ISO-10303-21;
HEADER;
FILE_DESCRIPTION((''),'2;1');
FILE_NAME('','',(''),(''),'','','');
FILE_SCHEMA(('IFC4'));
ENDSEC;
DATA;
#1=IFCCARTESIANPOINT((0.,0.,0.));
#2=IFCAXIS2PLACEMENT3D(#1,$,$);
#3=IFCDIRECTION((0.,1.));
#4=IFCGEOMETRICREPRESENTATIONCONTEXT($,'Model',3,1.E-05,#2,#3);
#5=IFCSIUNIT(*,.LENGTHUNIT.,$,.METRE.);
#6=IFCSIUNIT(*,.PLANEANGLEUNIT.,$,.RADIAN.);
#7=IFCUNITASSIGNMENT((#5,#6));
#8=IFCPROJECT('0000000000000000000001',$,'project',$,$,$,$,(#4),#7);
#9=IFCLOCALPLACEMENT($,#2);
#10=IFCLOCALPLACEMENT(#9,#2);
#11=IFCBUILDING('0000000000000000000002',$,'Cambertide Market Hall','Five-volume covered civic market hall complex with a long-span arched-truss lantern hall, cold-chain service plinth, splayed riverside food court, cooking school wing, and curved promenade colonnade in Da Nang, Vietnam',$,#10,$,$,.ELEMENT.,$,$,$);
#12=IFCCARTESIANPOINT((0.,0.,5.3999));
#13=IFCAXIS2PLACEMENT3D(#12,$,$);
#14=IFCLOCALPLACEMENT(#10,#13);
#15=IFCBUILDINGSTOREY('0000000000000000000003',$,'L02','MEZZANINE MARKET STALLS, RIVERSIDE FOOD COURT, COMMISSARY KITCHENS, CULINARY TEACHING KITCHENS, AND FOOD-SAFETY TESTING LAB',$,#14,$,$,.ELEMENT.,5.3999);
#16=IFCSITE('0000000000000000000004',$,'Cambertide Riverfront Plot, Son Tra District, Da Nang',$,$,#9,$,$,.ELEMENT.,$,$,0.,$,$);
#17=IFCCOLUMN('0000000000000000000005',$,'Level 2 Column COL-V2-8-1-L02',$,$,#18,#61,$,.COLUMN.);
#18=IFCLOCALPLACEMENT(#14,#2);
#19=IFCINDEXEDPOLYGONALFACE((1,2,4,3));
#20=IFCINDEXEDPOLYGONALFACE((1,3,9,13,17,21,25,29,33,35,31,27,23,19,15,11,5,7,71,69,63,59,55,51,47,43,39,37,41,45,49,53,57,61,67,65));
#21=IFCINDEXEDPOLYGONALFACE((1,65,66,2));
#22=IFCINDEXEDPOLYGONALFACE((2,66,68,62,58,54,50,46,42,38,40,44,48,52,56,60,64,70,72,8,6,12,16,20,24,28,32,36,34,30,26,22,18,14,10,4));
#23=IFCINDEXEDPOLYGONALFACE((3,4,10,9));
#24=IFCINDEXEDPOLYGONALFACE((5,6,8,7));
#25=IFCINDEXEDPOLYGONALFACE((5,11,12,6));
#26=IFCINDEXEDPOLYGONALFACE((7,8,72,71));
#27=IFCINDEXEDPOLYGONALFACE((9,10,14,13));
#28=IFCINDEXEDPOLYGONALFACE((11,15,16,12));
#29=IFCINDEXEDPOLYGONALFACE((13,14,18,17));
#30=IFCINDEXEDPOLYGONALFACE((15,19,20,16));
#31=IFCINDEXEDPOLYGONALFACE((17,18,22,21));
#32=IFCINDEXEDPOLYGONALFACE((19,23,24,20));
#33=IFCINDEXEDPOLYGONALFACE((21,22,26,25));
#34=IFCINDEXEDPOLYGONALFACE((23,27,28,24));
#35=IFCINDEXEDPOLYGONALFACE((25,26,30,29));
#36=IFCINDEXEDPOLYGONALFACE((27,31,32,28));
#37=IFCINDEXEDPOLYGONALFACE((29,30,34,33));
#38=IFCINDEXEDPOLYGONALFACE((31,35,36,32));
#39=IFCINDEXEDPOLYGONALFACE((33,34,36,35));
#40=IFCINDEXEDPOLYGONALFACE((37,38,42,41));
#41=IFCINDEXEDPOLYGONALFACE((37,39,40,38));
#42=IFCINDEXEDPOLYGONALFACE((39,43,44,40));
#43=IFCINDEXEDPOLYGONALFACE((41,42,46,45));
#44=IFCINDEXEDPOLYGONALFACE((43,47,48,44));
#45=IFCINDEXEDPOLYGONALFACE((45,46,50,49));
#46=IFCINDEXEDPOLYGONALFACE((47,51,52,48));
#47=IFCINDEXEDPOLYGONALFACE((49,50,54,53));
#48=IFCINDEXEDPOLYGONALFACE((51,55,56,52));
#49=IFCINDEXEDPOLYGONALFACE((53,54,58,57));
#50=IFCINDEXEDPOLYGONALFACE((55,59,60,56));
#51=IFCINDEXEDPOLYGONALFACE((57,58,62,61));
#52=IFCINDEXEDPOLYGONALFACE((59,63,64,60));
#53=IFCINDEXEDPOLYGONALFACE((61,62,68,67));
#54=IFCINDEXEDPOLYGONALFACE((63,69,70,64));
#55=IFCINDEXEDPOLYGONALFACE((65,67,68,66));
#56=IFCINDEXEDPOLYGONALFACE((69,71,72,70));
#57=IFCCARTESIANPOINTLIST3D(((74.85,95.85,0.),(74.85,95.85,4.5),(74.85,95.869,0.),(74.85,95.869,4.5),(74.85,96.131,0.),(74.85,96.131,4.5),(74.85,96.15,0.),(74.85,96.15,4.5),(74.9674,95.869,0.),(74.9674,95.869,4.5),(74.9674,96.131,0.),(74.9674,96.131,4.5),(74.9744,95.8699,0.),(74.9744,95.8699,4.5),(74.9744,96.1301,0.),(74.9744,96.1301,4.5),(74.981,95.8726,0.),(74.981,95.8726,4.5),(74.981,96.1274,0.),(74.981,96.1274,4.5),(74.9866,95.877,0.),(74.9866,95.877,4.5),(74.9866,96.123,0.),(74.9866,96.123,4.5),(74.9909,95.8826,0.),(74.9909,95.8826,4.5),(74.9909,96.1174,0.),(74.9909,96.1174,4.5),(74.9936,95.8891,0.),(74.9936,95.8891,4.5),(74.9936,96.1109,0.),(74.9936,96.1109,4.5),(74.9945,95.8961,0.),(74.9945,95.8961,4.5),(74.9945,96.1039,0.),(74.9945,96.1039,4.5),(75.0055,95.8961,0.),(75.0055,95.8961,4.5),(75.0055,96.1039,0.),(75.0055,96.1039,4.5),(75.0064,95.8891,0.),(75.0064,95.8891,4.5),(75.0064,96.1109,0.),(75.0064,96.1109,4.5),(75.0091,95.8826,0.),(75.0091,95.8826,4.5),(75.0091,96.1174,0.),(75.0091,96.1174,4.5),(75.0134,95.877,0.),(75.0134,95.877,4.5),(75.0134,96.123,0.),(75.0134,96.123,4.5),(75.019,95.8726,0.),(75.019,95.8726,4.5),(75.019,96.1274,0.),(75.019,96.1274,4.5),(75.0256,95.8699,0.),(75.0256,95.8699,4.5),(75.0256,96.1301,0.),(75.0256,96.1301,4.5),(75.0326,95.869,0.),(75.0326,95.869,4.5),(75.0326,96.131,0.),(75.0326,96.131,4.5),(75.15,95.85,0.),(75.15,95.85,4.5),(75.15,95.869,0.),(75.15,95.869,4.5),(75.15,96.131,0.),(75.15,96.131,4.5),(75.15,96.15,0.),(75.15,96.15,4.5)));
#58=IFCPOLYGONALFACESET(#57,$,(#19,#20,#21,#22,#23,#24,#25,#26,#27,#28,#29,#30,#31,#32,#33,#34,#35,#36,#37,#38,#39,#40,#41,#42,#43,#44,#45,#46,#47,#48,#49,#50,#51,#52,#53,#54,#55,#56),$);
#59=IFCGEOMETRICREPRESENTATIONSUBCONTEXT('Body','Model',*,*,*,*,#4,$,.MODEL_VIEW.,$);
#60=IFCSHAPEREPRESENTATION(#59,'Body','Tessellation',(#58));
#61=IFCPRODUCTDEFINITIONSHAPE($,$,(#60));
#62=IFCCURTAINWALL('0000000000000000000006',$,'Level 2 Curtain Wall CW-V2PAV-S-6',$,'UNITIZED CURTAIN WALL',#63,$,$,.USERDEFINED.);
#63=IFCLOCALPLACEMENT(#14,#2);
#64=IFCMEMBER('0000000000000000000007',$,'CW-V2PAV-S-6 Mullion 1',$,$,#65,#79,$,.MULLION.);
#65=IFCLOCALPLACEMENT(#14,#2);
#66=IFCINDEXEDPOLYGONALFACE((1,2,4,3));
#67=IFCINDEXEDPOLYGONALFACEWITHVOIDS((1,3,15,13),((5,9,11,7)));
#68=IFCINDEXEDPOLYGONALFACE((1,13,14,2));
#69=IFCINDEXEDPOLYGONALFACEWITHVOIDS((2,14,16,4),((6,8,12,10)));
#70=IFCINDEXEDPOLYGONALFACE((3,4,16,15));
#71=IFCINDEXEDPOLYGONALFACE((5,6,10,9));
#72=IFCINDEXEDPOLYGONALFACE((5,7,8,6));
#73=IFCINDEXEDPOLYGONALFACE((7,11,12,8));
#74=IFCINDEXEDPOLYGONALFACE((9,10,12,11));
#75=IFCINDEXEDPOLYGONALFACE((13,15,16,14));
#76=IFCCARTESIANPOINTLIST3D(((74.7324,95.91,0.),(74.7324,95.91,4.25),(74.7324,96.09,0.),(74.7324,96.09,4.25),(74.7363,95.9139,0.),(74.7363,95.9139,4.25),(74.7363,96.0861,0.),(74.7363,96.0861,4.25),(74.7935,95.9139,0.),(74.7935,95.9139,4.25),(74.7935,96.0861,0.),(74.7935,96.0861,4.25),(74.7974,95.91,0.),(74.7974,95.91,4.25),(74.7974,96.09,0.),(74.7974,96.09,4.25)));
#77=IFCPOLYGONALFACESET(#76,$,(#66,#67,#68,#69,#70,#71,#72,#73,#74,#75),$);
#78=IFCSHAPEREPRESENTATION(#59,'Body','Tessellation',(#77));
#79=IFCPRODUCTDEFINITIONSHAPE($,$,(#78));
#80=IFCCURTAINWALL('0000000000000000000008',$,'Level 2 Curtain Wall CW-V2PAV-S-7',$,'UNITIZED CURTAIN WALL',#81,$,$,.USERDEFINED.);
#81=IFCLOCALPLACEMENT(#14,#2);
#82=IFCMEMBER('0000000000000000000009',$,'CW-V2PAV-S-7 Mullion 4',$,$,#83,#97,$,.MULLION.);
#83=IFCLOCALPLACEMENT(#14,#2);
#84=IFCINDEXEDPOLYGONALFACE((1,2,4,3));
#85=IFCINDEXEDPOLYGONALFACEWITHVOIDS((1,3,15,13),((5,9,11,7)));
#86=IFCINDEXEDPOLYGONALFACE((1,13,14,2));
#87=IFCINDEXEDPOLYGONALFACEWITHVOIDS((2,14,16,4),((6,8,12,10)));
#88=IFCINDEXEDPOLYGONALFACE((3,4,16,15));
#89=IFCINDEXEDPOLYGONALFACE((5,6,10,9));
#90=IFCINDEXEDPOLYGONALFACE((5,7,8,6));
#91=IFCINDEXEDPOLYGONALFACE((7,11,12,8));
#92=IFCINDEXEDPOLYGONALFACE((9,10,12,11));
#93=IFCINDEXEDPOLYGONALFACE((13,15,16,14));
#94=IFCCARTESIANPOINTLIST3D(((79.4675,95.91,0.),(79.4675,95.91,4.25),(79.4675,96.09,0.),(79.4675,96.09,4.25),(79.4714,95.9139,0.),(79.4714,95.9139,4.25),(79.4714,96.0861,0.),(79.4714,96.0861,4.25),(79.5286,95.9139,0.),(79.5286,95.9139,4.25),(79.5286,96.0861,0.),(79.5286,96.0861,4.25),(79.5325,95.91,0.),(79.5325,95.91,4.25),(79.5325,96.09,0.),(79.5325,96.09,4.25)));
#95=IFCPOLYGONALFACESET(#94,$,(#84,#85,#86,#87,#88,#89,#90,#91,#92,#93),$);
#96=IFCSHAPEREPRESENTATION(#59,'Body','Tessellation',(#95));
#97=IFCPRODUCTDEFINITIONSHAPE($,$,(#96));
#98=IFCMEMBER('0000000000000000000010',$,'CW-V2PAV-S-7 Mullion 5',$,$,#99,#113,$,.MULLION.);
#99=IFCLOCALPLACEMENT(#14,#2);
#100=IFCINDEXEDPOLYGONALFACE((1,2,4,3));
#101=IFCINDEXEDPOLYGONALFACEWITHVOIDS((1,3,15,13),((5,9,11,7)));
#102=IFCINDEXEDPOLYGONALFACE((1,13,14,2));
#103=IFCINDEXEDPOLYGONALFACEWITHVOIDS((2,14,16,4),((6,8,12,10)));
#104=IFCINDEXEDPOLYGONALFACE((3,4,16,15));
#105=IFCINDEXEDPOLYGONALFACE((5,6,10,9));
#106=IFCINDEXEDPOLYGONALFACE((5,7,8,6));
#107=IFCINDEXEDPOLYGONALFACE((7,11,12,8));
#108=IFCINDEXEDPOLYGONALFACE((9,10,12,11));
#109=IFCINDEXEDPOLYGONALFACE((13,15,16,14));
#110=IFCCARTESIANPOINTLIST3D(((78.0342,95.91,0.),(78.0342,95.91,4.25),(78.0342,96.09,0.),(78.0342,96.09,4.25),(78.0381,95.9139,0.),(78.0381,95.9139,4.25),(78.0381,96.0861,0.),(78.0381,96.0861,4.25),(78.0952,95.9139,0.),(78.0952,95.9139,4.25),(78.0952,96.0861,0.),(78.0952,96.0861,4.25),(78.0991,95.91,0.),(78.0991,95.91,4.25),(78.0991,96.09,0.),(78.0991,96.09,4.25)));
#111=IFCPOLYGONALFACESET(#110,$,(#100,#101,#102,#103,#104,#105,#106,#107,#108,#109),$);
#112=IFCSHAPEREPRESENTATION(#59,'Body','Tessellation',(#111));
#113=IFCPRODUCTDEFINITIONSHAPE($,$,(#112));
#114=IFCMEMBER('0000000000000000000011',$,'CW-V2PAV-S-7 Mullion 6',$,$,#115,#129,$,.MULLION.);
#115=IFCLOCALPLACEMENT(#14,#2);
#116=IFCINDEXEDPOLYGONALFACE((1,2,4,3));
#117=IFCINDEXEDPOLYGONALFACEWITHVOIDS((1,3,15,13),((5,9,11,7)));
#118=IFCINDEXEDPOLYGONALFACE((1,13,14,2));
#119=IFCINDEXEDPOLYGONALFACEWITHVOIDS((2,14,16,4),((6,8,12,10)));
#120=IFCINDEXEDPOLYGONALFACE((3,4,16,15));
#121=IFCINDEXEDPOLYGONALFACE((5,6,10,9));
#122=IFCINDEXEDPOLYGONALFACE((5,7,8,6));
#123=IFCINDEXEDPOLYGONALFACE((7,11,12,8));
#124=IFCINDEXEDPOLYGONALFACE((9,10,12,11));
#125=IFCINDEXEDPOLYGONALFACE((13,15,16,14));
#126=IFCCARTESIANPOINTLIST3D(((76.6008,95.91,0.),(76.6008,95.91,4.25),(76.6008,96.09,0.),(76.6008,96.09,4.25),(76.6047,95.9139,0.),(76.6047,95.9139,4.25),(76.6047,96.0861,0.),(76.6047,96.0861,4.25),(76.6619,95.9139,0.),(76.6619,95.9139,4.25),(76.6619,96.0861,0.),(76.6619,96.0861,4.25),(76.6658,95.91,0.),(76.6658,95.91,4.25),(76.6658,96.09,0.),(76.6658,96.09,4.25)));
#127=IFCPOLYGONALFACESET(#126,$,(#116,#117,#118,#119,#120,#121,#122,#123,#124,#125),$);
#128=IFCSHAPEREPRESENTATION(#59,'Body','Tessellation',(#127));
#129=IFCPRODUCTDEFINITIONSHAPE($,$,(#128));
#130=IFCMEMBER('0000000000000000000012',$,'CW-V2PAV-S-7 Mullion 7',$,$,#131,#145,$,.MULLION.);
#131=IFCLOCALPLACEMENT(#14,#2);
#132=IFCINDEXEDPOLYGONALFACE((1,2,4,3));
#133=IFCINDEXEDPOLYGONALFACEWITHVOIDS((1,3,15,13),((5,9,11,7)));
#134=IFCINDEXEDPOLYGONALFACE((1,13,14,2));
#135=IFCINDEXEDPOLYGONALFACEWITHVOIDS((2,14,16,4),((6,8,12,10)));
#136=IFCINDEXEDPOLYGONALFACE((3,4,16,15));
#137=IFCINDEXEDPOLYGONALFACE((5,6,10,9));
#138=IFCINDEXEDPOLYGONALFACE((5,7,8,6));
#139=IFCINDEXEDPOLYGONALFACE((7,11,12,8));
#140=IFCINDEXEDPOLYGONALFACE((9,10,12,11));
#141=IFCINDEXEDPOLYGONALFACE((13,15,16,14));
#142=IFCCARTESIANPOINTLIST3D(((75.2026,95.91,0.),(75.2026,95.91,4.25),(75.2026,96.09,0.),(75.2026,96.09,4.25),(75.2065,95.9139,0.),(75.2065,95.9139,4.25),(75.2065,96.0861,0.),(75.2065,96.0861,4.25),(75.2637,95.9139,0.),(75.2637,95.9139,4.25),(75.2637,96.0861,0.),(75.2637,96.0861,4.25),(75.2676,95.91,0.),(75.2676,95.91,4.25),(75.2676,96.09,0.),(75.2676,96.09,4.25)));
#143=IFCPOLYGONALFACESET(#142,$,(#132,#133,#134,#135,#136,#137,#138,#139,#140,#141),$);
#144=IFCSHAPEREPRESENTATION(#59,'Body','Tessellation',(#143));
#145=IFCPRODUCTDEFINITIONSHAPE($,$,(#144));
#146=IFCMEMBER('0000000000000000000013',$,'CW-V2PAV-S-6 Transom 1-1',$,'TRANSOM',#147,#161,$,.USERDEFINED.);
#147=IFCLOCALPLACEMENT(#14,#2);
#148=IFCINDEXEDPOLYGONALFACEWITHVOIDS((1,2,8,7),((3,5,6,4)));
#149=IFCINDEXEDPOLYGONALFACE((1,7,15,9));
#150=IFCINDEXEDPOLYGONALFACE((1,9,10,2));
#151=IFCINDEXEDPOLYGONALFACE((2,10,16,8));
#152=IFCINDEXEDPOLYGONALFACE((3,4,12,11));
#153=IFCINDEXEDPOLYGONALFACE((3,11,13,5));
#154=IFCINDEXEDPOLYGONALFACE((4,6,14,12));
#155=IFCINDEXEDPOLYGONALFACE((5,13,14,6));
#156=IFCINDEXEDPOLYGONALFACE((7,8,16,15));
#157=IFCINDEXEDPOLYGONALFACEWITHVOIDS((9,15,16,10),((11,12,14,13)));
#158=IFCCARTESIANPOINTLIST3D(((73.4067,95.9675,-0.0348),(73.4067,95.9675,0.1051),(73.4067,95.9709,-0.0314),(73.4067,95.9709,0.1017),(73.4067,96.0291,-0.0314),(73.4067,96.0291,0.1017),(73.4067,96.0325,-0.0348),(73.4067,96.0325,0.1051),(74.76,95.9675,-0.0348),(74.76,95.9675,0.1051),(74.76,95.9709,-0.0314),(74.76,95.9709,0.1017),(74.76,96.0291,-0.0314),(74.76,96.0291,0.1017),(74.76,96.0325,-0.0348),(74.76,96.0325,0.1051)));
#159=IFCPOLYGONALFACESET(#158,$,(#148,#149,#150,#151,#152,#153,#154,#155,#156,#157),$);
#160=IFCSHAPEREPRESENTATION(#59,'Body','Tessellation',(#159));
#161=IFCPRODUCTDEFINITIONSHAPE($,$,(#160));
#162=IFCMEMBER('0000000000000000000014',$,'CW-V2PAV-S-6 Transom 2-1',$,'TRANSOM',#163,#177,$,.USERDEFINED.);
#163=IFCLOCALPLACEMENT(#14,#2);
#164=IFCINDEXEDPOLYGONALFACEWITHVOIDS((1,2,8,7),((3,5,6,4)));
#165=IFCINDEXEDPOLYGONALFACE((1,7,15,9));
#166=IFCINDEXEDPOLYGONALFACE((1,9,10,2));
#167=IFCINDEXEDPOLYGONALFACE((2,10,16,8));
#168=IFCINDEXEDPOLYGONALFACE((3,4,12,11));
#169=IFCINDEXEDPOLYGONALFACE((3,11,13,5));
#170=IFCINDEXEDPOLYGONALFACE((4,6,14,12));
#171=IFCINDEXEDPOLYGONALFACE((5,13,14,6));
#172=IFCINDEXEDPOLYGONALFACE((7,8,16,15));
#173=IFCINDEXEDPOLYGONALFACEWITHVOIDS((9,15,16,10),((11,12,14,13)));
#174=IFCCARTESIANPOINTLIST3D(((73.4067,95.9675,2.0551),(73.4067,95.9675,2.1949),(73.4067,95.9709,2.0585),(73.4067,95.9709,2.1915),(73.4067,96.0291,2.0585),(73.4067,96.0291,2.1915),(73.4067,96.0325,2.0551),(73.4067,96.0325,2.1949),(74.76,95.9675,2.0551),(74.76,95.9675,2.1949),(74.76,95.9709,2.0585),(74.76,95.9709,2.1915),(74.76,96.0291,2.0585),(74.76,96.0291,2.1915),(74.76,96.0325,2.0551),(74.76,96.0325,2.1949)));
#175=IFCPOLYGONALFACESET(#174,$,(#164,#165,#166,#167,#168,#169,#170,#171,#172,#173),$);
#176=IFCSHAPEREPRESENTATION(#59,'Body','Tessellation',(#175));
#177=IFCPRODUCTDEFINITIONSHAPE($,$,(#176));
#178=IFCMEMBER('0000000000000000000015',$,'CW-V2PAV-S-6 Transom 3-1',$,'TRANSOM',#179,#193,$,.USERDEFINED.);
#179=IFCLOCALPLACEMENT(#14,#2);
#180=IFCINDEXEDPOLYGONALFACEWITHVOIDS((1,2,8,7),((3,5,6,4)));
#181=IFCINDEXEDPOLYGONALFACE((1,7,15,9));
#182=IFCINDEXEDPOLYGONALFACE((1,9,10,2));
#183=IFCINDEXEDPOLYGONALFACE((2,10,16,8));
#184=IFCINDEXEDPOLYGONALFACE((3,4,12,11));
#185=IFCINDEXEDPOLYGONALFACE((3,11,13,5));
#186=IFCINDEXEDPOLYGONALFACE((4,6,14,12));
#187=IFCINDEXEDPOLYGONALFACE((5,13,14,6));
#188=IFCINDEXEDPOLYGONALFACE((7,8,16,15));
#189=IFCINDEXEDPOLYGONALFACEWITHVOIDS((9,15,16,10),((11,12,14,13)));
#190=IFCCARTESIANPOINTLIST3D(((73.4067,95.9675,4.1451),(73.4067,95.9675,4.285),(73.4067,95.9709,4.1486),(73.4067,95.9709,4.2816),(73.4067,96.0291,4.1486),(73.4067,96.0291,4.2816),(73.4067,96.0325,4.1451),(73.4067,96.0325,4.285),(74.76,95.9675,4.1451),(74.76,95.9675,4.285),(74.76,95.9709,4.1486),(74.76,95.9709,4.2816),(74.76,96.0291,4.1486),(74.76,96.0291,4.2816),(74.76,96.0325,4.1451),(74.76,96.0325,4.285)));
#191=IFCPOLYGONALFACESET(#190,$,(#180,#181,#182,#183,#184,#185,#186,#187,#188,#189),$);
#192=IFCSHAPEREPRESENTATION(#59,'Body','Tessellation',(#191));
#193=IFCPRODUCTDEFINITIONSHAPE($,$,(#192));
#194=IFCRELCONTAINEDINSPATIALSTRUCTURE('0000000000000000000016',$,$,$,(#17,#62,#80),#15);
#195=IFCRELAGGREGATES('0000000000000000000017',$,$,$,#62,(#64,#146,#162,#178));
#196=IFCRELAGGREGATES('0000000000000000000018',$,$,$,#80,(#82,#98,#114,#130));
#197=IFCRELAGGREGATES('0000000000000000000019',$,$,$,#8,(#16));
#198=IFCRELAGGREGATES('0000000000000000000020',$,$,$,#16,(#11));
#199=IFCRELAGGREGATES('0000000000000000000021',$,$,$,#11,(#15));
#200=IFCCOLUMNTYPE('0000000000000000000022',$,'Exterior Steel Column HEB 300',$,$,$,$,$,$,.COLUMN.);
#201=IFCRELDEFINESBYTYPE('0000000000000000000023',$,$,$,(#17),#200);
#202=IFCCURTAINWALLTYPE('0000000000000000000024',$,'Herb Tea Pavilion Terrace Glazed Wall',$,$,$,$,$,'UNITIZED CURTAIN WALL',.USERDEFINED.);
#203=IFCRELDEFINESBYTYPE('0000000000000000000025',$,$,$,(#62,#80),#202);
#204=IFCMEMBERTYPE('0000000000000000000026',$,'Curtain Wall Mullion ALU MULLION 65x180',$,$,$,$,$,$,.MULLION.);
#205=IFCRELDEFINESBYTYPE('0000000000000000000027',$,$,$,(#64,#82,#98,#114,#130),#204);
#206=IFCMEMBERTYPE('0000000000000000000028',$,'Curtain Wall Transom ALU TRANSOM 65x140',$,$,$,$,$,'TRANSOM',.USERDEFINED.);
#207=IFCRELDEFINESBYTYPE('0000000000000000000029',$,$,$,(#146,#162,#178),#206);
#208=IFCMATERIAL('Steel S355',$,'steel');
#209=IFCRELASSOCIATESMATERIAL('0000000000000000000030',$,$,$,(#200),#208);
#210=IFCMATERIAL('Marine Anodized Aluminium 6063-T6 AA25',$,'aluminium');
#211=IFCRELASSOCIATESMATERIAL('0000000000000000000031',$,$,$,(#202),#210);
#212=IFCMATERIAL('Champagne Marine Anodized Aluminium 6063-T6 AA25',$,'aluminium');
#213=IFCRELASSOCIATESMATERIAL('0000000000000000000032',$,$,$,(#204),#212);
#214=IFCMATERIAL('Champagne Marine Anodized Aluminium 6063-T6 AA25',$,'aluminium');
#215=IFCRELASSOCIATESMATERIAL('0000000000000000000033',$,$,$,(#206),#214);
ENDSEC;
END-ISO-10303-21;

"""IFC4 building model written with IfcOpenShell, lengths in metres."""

from ifc_helpers import new_model, si_unit, direction, frame, origin, origin_2d, place, context, subcontext, project, spatial, hollow_rectangle, i_section, extrude, material, material_profile, profile_set, type_object, element, aggregate, save


model = new_model("IFC4")

# Units and contexts
model_context = context("Model", 3, precision=1e-05, world=origin(), true_north=direction((0.0, 1.0)))
body_context = subcontext(model_context, "Body", "Model", "MODEL_VIEW")
ifc_project = project(units=[si_unit("LENGTHUNIT", "METRE"), si_unit("PLANEANGLEUNIT", "RADIAN")], contexts=[model_context])

# Site, building, storey
site_placement = place(None, origin())
site = spatial("IfcSite", under=ifc_project, at=site_placement, Name="Cambertide Riverfront Plot, Son Tra District, Da Nang", CompositionType="ELEMENT", RefElevation=0.0)
building_placement = place(site_placement, origin())
building = spatial("IfcBuilding", under=site, at=building_placement, Name="Cambertide Market Hall", Description="Five-volume covered civic market hall complex with a long-span arched-truss lantern hall, cold-chain service plinth, splayed riverside food court, cooking school wing, and curved promenade colonnade in Da Nang, Vietnam", CompositionType="ELEMENT")
storey_placement = place(building_placement, frame((0.0, 0.0, 5.3999)))
storey = spatial("IfcBuildingStorey", under=building, at=storey_placement, Name="L02", Description="MEZZANINE MARKET STALLS, RIVERSIDE FOOD COURT, COMMISSARY KITCHENS, CULINARY TEACHING KITCHENS, AND FOOD-SAFETY TESTING LAB", CompositionType="ELEMENT", Elevation=5.3999)

# Column
ifc_material_1 = material(Name="Steel S355", Category="steel")
ifc_material_profile_1 = material_profile(ifc_material_1, i_section(OverallWidth=0.3, OverallDepth=0.3, WebThickness=0.011, FlangeThickness=0.019, FilletRadius=0.0271, at=origin_2d()), Name="HEB 300")
ifc_profile_set_1 = profile_set([ifc_material_profile_1], Name="Steel S355")
column_type = type_object("IfcColumnType", Name="Exterior Steel Column HEB 300", PredefinedType="COLUMN", material=ifc_profile_set_1)
column_placement = place(storey_placement, frame((75.0, 96.0, 0.0), z_axis=(0.0, 0.0, 1.0), x_axis=(1.0, 0.0, 0.0)))
element("IfcColumn", 1, at=column_placement, inside=storey, type_object=column_type, Name="Level 2 Column COL-V2-8-1-L02", PredefinedType="COLUMN", context=body_context, shape_type="SweptSolid", body=[
    extrude(i_section(OverallWidth=0.3, OverallDepth=0.3, WebThickness=0.011, FlangeThickness=0.019, FilletRadius=0.0271, at=origin_2d()), origin(), (0.0, 0.0, 1.0), 4.5),
])

# Curtain wall, member
ifc_material_2 = material(Name="Marine Anodized Aluminium 6063-T6 AA25", Category="aluminium")
curtain_wall_type = type_object("IfcCurtainWallType", Name="Herb Tea Pavilion Terrace Glazed Wall", ElementType="UNITIZED CURTAIN WALL", PredefinedType="USERDEFINED", material=ifc_material_2)
curtain_wall_1_placement = place(storey_placement, origin())
curtain_wall_1 = element("IfcCurtainWall", 2, at=curtain_wall_1_placement, inside=storey, type_object=curtain_wall_type, Name="Level 2 Curtain Wall CW-V2PAV-S-6", ObjectType="UNITIZED CURTAIN WALL", PredefinedType="USERDEFINED")
ifc_material_3 = material(Name="Champagne Marine Anodized Aluminium 6063-T6 AA25", Category="aluminium")
ifc_material_profile_2 = material_profile(ifc_material_3, hollow_rectangle(XDim=0.0649, YDim=0.1799, WallThickness=0.0039, at=origin_2d()), Name="ALU MULLION 65x180")
ifc_profile_set_2 = profile_set([ifc_material_profile_2], Name="Champagne Marine Anodized Aluminium 6063-T6 AA25")
member_type_1 = type_object("IfcMemberType", Name="Curtain Wall Mullion ALU MULLION 65x180", PredefinedType="MULLION", material=ifc_profile_set_2)
member_1_placement = place(storey_placement, frame((74.7649, 96.0, 0.0), z_axis=(0.0, 0.0, 1.0), x_axis=(-1.0, 0.0, 0.0)))
member_1 = element("IfcMember", 3, at=member_1_placement, type_object=member_type_1, Name="CW-V2PAV-S-6 Mullion 1", PredefinedType="MULLION", context=body_context, shape_type="SweptSolid", body=[
    extrude(hollow_rectangle(XDim=0.0649, YDim=0.1799, WallThickness=0.0039, at=origin_2d()), origin(), (0.0, 0.0, 1.0), 4.25),
])

# Curtain wall, members
curtain_wall_2_placement = place(storey_placement, origin())
curtain_wall_2 = element("IfcCurtainWall", 4, at=curtain_wall_2_placement, inside=storey, type_object=curtain_wall_type, Name="Level 2 Curtain Wall CW-V2PAV-S-7", ObjectType="UNITIZED CURTAIN WALL", PredefinedType="USERDEFINED")
member_2_placement = place(storey_placement, frame((79.5, 96.0, 0.0), z_axis=(0.0, 0.0, 1.0), x_axis=(-1.0, 0.0, 0.0)))
member_2 = element("IfcMember", 5, at=member_2_placement, type_object=member_type_1, Name="CW-V2PAV-S-7 Mullion 4", PredefinedType="MULLION", context=body_context, shape_type="SweptSolid", body=[
    extrude(hollow_rectangle(XDim=0.0649, YDim=0.1799, WallThickness=0.0039, at=origin_2d()), origin(), (0.0, 0.0, 1.0), 4.25),
])
member_3_placement = place(storey_placement, frame((78.0667, 96.0, 0.0), z_axis=(0.0, 0.0, 1.0), x_axis=(-1.0, 0.0, 0.0)))
member_3 = element("IfcMember", 6, at=member_3_placement, type_object=member_type_1, Name="CW-V2PAV-S-7 Mullion 5", PredefinedType="MULLION", context=body_context, shape_type="SweptSolid", body=[
    extrude(hollow_rectangle(XDim=0.0649, YDim=0.1799, WallThickness=0.0039, at=origin_2d()), origin(), (0.0, 0.0, 1.0), 4.25),
])
member_4_placement = place(storey_placement, frame((76.6333, 96.0, 0.0), z_axis=(0.0, 0.0, 1.0), x_axis=(-1.0, 0.0, 0.0)))
member_4 = element("IfcMember", 7, at=member_4_placement, type_object=member_type_1, Name="CW-V2PAV-S-7 Mullion 6", PredefinedType="MULLION", context=body_context, shape_type="SweptSolid", body=[
    extrude(hollow_rectangle(XDim=0.0649, YDim=0.1799, WallThickness=0.0039, at=origin_2d()), origin(), (0.0, 0.0, 1.0), 4.25),
])
member_5_placement = place(storey_placement, frame((75.2351, 96.0, 0.0), z_axis=(0.0, 0.0, 1.0), x_axis=(-1.0, 0.0, 0.0)))
member_5 = element("IfcMember", 8, at=member_5_placement, type_object=member_type_1, Name="CW-V2PAV-S-7 Mullion 7", PredefinedType="MULLION", context=body_context, shape_type="SweptSolid", body=[
    extrude(hollow_rectangle(XDim=0.0649, YDim=0.1799, WallThickness=0.0039, at=origin_2d()), origin(), (0.0, 0.0, 1.0), 4.25),
])

# Members
ifc_material_4 = material(Name="Champagne Marine Anodized Aluminium 6063-T6 AA25", Category="aluminium")
ifc_material_profile_3 = material_profile(ifc_material_4, hollow_rectangle(XDim=0.0649, YDim=0.1399, WallThickness=0.0034, at=origin_2d()), Name="ALU TRANSOM 65x140")
ifc_profile_set_3 = profile_set([ifc_material_profile_3], Name="Champagne Marine Anodized Aluminium 6063-T6 AA25")
member_type_2 = type_object("IfcMemberType", Name="Curtain Wall Transom ALU TRANSOM 65x140", ElementType="TRANSOM", PredefinedType="USERDEFINED", material=ifc_profile_set_3)
member_6_placement = place(storey_placement, frame((74.76, 96.0, 0.0352), z_axis=(-1.0, 0.0, 0.0), x_axis=(0.0, -1.0, 0.0)))
member_6 = element("IfcMember", 9, at=member_6_placement, type_object=member_type_2, Name="CW-V2PAV-S-6 Transom 1-1", ObjectType="TRANSOM", PredefinedType="USERDEFINED", context=body_context, shape_type="SweptSolid", body=[
    extrude(hollow_rectangle(XDim=0.0649, YDim=0.1399, WallThickness=0.0034, at=origin_2d()), origin(), (0.0, 0.0, 1.0), 1.3533),
])
member_7_placement = place(storey_placement, frame((74.76, 96.0, 2.125), z_axis=(-1.0, 0.0, 0.0), x_axis=(0.0, -1.0, 0.0)))
member_7 = element("IfcMember", 10, at=member_7_placement, type_object=member_type_2, Name="CW-V2PAV-S-6 Transom 2-1", ObjectType="TRANSOM", PredefinedType="USERDEFINED", context=body_context, shape_type="SweptSolid", body=[
    extrude(hollow_rectangle(XDim=0.0649, YDim=0.1399, WallThickness=0.0034, at=origin_2d()), origin(), (0.0, 0.0, 1.0), 1.3533),
])
member_8_placement = place(storey_placement, frame((74.76, 96.0, 4.2151), z_axis=(-1.0, 0.0, 0.0), x_axis=(0.0, -1.0, 0.0)))
member_8 = element("IfcMember", 11, at=member_8_placement, type_object=member_type_2, Name="CW-V2PAV-S-6 Transom 3-1", ObjectType="TRANSOM", PredefinedType="USERDEFINED", context=body_context, shape_type="SweptSolid", body=[
    extrude(hollow_rectangle(XDim=0.0649, YDim=0.1399, WallThickness=0.0034, at=origin_2d()), origin(), (0.0, 0.0, 1.0), 1.3533),
])

aggregate(curtain_wall_1, [member_1, member_6, member_7, member_8])
aggregate(curtain_wall_2, [member_2, member_3, member_4, member_5])

save(model, "model.ifc")
